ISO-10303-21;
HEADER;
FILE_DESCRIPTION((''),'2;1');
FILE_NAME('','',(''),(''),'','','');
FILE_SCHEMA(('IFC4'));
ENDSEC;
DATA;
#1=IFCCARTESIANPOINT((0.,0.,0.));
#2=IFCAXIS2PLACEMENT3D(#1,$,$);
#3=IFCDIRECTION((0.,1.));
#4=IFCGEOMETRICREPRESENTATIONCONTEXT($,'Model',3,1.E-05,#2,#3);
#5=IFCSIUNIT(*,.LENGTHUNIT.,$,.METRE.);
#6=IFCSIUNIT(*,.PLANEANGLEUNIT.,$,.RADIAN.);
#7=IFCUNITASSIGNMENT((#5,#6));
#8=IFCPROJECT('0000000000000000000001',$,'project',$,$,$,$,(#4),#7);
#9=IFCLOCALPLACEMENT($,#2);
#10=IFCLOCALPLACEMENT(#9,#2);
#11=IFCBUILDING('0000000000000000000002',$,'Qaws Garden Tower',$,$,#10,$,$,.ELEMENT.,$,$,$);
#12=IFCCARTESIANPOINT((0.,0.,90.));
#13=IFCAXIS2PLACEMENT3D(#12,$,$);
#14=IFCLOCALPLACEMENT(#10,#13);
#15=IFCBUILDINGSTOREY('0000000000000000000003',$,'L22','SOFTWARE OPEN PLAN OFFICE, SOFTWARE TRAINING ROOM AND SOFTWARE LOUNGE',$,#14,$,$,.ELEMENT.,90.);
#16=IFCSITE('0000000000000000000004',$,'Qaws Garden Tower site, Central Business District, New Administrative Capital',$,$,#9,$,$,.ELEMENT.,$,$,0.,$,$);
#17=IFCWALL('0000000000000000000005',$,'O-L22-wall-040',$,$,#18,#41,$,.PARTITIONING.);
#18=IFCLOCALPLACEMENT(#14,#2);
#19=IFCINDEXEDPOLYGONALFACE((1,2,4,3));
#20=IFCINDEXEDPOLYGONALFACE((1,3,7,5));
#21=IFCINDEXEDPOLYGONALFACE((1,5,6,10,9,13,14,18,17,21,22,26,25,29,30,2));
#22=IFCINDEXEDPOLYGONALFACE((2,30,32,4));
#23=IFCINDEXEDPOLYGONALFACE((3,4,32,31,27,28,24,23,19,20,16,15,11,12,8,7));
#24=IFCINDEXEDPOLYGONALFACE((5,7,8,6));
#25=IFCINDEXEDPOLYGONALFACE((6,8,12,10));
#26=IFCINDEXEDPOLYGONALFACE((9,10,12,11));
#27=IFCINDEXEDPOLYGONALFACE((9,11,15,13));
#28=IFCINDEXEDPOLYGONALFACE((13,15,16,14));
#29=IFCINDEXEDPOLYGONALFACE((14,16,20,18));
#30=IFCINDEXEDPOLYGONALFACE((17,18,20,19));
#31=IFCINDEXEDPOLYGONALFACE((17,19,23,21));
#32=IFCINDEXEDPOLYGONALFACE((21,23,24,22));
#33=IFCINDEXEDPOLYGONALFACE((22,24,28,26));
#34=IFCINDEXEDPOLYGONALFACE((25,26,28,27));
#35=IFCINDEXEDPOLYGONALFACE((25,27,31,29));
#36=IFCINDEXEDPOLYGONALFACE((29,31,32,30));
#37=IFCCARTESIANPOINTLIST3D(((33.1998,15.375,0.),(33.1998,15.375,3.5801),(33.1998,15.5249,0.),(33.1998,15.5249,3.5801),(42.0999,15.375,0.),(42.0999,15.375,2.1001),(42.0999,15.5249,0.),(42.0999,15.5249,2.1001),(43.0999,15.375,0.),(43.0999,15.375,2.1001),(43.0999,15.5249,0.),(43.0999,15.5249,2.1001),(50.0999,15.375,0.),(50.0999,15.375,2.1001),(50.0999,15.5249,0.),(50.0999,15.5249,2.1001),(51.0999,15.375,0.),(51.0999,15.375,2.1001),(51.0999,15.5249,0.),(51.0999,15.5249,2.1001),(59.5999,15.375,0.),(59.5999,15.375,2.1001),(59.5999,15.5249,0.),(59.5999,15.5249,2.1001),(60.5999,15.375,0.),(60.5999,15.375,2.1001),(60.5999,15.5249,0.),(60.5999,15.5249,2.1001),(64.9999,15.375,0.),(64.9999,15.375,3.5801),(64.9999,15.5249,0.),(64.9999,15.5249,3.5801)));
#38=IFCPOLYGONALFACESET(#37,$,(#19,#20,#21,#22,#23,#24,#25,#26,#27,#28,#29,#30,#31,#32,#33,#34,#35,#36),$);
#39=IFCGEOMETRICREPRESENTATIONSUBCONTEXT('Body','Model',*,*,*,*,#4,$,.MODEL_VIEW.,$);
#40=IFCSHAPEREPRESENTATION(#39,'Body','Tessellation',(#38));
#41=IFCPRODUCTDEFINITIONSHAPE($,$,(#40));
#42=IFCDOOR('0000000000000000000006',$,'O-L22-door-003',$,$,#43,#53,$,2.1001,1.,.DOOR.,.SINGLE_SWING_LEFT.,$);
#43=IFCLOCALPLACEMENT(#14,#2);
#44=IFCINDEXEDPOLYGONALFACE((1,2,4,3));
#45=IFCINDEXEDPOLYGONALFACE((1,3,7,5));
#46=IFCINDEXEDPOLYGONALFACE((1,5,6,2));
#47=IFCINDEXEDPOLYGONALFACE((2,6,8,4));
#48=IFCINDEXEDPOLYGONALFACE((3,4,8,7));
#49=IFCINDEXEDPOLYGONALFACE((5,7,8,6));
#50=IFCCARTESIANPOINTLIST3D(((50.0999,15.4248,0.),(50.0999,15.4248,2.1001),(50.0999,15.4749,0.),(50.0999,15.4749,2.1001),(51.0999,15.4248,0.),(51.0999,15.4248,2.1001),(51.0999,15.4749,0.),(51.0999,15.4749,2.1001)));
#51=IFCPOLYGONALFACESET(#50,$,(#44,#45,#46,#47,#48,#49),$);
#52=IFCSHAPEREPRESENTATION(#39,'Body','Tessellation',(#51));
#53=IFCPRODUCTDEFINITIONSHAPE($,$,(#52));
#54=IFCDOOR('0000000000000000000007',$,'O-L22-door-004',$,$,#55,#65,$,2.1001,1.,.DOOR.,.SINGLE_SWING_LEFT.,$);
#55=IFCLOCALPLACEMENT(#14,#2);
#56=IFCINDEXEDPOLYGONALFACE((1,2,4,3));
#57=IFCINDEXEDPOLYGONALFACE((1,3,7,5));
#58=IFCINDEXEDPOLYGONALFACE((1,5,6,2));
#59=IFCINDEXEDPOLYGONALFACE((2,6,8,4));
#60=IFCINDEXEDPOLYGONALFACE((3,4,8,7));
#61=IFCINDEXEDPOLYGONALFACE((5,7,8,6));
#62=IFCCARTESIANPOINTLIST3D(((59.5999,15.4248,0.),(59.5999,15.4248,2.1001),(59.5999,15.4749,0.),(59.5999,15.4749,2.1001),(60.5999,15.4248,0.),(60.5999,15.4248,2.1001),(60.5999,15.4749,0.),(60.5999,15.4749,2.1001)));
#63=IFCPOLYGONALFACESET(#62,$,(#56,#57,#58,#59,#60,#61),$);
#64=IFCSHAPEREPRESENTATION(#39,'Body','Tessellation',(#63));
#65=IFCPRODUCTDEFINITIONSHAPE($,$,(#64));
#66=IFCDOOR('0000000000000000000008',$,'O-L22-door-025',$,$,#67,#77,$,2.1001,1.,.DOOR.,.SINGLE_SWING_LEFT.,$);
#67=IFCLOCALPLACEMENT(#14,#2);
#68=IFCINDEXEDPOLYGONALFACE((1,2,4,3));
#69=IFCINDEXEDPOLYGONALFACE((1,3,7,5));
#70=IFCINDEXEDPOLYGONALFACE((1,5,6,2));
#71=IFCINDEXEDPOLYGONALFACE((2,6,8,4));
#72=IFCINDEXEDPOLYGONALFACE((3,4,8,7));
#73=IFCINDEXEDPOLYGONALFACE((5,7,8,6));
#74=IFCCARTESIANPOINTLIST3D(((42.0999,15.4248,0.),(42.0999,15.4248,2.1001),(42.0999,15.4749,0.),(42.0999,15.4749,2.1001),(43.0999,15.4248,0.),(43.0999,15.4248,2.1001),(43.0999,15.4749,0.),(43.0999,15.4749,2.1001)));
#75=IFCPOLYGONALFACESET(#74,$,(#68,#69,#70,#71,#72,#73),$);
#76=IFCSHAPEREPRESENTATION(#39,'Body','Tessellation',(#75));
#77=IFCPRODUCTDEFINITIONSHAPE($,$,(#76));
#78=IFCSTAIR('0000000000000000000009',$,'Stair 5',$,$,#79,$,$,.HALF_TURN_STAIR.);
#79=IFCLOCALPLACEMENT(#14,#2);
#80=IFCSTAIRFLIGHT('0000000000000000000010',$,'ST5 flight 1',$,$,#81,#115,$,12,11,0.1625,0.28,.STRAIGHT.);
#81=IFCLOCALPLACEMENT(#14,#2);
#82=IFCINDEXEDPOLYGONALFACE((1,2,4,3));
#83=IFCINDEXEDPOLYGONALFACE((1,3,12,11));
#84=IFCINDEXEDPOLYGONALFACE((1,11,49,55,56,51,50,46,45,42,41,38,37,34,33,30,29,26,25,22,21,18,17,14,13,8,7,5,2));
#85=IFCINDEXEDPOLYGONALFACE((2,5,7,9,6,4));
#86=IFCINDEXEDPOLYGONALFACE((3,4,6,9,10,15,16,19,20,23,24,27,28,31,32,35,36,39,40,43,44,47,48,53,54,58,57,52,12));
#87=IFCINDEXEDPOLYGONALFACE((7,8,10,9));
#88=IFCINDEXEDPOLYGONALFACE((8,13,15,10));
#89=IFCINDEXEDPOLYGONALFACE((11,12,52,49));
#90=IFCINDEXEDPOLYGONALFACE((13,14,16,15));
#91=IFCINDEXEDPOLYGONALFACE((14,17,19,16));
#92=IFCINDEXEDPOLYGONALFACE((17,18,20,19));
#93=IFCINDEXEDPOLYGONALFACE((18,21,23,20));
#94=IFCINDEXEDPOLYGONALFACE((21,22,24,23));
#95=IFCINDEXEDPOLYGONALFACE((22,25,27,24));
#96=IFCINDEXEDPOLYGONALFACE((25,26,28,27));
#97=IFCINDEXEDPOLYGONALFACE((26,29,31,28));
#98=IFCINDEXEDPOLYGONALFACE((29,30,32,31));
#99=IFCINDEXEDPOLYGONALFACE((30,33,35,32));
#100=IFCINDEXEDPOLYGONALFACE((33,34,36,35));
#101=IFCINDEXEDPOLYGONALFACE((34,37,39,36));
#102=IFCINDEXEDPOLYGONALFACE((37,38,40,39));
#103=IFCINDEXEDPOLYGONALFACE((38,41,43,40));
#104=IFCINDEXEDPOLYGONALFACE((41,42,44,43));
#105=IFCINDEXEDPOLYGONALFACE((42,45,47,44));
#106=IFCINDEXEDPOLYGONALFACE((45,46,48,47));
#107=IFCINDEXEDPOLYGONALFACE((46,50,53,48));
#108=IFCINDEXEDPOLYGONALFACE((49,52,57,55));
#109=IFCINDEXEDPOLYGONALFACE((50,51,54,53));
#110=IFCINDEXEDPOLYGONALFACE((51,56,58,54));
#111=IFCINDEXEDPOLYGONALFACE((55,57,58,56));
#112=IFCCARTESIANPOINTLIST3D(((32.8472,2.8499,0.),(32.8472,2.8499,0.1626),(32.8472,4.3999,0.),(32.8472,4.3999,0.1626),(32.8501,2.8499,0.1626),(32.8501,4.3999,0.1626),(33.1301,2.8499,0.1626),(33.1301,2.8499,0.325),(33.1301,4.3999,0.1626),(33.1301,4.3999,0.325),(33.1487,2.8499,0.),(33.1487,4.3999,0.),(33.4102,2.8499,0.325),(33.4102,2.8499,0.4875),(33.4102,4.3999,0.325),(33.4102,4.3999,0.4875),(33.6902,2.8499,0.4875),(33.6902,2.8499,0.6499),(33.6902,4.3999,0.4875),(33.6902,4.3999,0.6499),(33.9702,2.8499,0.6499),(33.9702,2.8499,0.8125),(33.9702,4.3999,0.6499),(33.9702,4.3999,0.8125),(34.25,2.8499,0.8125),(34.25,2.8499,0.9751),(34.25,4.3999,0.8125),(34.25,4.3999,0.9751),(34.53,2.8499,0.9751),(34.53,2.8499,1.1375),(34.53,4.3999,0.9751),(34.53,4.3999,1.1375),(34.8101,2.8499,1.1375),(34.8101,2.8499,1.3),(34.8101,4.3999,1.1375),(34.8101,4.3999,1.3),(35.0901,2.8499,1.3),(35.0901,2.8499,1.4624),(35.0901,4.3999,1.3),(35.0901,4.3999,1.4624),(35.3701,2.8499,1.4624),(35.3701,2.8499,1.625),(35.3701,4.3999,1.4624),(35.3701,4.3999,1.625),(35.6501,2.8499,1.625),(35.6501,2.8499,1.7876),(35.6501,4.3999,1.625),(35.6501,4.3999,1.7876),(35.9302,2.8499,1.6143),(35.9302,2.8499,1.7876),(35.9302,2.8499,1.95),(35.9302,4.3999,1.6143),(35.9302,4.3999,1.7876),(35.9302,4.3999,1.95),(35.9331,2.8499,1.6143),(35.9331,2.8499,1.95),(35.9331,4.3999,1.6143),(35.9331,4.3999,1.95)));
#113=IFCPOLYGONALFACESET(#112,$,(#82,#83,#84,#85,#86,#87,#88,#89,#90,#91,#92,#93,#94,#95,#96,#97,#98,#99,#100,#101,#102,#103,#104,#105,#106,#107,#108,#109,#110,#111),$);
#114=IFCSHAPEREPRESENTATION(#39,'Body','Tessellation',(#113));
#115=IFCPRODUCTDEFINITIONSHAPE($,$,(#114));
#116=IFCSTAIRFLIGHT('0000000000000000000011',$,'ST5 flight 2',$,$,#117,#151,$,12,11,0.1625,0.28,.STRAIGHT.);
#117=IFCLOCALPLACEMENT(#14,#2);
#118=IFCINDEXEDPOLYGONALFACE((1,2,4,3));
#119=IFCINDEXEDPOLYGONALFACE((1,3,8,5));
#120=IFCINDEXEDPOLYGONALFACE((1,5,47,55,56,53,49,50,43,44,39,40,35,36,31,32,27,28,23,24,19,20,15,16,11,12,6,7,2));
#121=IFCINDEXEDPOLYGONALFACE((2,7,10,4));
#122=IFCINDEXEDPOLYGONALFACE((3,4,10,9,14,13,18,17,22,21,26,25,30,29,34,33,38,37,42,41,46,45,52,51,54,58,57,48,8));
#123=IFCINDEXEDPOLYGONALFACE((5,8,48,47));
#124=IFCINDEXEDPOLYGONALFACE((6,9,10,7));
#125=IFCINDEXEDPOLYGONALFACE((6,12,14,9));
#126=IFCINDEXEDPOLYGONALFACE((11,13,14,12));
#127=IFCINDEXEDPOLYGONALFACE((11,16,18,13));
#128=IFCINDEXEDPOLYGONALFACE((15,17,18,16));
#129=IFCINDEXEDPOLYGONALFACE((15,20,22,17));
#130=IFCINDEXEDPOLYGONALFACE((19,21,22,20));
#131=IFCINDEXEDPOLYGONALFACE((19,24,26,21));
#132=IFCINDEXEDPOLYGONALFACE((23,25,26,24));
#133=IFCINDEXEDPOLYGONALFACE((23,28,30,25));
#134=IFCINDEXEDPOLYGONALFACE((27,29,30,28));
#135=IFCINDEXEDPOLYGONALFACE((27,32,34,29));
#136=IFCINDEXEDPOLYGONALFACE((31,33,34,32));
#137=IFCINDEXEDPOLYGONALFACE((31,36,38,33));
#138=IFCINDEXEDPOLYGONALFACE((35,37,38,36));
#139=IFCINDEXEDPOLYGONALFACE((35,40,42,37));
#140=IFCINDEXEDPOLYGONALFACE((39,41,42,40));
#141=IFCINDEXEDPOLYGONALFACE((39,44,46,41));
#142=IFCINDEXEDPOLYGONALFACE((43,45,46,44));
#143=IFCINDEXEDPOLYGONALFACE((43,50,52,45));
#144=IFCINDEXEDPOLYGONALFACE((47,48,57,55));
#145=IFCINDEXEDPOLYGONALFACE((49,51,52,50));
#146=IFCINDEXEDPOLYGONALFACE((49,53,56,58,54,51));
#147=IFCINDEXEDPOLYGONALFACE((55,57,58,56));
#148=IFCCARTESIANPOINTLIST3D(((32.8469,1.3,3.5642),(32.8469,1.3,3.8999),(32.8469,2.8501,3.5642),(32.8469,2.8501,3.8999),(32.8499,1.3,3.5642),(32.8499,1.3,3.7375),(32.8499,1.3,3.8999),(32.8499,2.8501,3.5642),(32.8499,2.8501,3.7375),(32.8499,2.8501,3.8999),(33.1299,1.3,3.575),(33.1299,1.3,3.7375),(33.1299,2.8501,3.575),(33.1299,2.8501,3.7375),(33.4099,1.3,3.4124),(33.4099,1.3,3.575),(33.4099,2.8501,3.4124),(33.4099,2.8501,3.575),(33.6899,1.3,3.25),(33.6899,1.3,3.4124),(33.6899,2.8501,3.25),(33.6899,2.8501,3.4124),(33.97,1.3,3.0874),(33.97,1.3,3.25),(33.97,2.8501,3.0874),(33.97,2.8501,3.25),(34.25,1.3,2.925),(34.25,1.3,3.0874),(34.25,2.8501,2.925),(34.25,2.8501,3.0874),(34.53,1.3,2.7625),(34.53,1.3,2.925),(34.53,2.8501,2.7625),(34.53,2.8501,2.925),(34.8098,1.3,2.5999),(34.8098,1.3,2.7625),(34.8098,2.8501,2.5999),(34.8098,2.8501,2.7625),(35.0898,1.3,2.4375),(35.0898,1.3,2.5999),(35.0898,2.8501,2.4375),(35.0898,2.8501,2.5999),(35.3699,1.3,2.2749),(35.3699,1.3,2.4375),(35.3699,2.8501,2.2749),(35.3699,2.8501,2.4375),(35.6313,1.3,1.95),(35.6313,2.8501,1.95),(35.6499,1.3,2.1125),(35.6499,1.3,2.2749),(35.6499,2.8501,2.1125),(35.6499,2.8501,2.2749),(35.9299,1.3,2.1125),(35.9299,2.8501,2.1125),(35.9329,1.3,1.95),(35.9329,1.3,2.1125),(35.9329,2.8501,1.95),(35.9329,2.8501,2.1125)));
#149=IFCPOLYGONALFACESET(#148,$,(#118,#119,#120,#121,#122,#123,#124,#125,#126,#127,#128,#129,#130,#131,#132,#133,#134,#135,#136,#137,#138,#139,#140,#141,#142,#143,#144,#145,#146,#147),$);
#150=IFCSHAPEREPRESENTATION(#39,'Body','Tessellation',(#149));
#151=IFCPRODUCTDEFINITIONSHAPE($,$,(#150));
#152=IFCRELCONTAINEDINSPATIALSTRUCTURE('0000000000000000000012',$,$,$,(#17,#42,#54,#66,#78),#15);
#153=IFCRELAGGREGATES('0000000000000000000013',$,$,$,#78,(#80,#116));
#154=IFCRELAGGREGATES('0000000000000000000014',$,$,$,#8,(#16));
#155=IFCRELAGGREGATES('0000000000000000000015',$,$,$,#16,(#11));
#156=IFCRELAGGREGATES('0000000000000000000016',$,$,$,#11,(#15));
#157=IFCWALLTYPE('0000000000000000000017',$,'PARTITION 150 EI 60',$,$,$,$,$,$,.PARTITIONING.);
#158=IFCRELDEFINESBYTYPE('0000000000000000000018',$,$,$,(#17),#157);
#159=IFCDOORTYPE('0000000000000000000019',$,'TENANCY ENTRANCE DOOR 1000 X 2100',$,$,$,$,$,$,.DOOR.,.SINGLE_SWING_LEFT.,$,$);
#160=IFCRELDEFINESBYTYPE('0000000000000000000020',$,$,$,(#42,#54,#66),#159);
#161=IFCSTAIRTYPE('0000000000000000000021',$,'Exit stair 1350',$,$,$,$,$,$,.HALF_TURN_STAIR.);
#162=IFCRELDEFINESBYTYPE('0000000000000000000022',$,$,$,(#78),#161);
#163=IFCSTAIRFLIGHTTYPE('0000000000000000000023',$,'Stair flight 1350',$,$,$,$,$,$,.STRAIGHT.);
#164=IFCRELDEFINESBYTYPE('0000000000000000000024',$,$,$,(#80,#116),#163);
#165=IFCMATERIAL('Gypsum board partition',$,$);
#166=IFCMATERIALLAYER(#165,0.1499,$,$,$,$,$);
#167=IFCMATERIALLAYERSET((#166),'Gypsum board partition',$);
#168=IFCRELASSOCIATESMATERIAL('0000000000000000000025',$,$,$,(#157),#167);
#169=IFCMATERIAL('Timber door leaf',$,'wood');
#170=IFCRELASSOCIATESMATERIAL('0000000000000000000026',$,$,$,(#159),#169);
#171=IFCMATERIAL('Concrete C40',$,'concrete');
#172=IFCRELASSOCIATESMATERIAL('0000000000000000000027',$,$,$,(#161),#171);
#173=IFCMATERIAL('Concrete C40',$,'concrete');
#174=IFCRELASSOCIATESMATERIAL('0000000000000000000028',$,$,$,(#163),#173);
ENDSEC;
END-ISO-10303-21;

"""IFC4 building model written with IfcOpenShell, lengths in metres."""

from ifc_helpers import new_model, si_unit, direction, frame, frame_2d, origin, place, context, subcontext, project, spatial, polyline, rectangle, outline, extrude, material, layer, layer_set, type_object, element, fill, aggregate, save


model = new_model("IFC4")

# Units and contexts
model_context = context("Model", 3, precision=1e-05, world=origin(), true_north=direction((0.0, 1.0)))
body_context = subcontext(model_context, "Body", "Model", "MODEL_VIEW")
ifc_project = project(units=[si_unit("LENGTHUNIT", "METRE"), si_unit("PLANEANGLEUNIT", "RADIAN")], contexts=[model_context])

# Site, building, storey
site_placement = place(None, origin())
site = spatial("IfcSite", under=ifc_project, at=site_placement, Name="Qaws Garden Tower site, Central Business District, New Administrative Capital", CompositionType="ELEMENT", RefElevation=0.0)
building_placement = place(site_placement, origin())
building = spatial("IfcBuilding", under=site, at=building_placement, Name="Qaws Garden Tower", CompositionType="ELEMENT")
storey_placement = place(building_placement, frame((0.0, 0.0, 90.0)))
storey = spatial("IfcBuildingStorey", under=building, at=storey_placement, Name="L22", Description="SOFTWARE OPEN PLAN OFFICE, SOFTWARE TRAINING ROOM AND SOFTWARE LOUNGE", CompositionType="ELEMENT", Elevation=90.0)

# Shared definitions
ifc_material_1 = material(Name="Gypsum board partition")
ifc_layer_1 = layer(ifc_material_1, 0.1499)
ifc_layer_set_1 = layer_set([ifc_layer_1], Name="Gypsum board partition")
wall_type_1 = type_object("IfcWallType", Name="PARTITION 150 EI 60", PredefinedType="PARTITIONING", material=ifc_layer_set_1)

# Shared definitions
ifc_material_2 = material(Name="Timber door leaf", Category="wood")
door_type_1 = type_object("IfcDoorType", Name="TENANCY ENTRANCE DOOR 1000 X 2100", OperationType="SINGLE_SWING_LEFT", PredefinedType="DOOR", material=ifc_material_2)

# Wall, openings, doors
wall_1_placement = place(storey_placement, frame((33.2, 15.45, 0.0), z_axis=(0.0, 0.0, 1.0), x_axis=(1.0, 0.0, 0.0)))
wall_1 = element("IfcWall", 1, at=wall_1_placement, inside=storey, type_object=wall_type_1, Name="O-L22-wall-040", PredefinedType="PARTITIONING", context=body_context, shape_type="SweptSolid", body=[
    extrude(rectangle(XDim=31.8, YDim=0.1499, at=frame_2d((15.8999, 0.0))), origin(), (0.0, 0.0, 1.0), 3.5801),
])
opening_1_placement = place(wall_1_placement, frame((16.8999, 0.0, 0.0)))
opening_1 = element("IfcOpeningElement", 2, at=opening_1_placement, cuts=wall_1, PredefinedType="OPENING", context=body_context, shape_type="SweptSolid", body=[
    extrude(rectangle(XDim=1.0, YDim=2.1001, at=frame_2d((0.5, 1.05))), frame((0.0, 0.085, 0.0), z_axis=(0.0, -1.0, 0.0), x_axis=(1.0, 0.0, 0.0)), (0.0, 0.0, 1.0), 0.1699),
])
opening_2_placement = place(wall_1_placement, frame((26.3999, 0.0, 0.0)))
opening_2 = element("IfcOpeningElement", 3, at=opening_2_placement, cuts=wall_1, PredefinedType="OPENING", context=body_context, shape_type="SweptSolid", body=[
    extrude(rectangle(XDim=1.0, YDim=2.1001, at=frame_2d((0.5, 1.05))), frame((0.0, 0.085, 0.0), z_axis=(0.0, -1.0, 0.0), x_axis=(1.0, 0.0, 0.0)), (0.0, 0.0, 1.0), 0.1699),
])
opening_3_placement = place(wall_1_placement, frame((8.8999, 0.0, 0.0)))
opening_3 = element("IfcOpeningElement", 4, at=opening_3_placement, cuts=wall_1, PredefinedType="OPENING", context=body_context, shape_type="SweptSolid", body=[
    extrude(rectangle(XDim=1.0, YDim=2.1001, at=frame_2d((0.5, 1.05))), frame((0.0, 0.085, 0.0), z_axis=(0.0, -1.0, 0.0), x_axis=(1.0, 0.0, 0.0)), (0.0, 0.0, 1.0), 0.1699),
])
door_1_placement = place(opening_1_placement, origin())
door_1 = element("IfcDoor", 5, at=door_1_placement, inside=storey, type_object=door_type_1, Name="O-L22-door-003", OperationType="SINGLE_SWING_LEFT", OverallHeight=2.1001, OverallWidth=1.0, PredefinedType="DOOR", context=body_context, shape_type="SweptSolid", body=[
    extrude(rectangle(XDim=1.0, YDim=2.1001, at=frame_2d((0.5, 1.05))), frame((0.0, 0.0249, 0.0), z_axis=(0.0, -1.0, 0.0), x_axis=(1.0, 0.0, 0.0)), (0.0, 0.0, 1.0), 0.05),
])
fill(opening_1, door_1)
door_2_placement = place(opening_2_placement, origin())
door_2 = element("IfcDoor", 6, at=door_2_placement, inside=storey, type_object=door_type_1, Name="O-L22-door-004", OperationType="SINGLE_SWING_LEFT", OverallHeight=2.1001, OverallWidth=1.0, PredefinedType="DOOR", context=body_context, shape_type="SweptSolid", body=[
    extrude(rectangle(XDim=1.0, YDim=2.1001, at=frame_2d((0.5, 1.05))), frame((0.0, 0.0249, 0.0), z_axis=(0.0, -1.0, 0.0), x_axis=(1.0, 0.0, 0.0)), (0.0, 0.0, 1.0), 0.05),
])
fill(opening_2, door_2)
door_3_placement = place(opening_3_placement, origin())
door_3 = element("IfcDoor", 7, at=door_3_placement, inside=storey, type_object=door_type_1, Name="O-L22-door-025", OperationType="SINGLE_SWING_LEFT", OverallHeight=2.1001, OverallWidth=1.0, PredefinedType="DOOR", context=body_context, shape_type="SweptSolid", body=[
    extrude(rectangle(XDim=1.0, YDim=2.1001, at=frame_2d((0.5, 1.05))), frame((0.0, 0.0249, 0.0), z_axis=(0.0, -1.0, 0.0), x_axis=(1.0, 0.0, 0.0)), (0.0, 0.0, 1.0), 0.05),
])
fill(opening_3, door_3)

# Stair, stair flights
ifc_material_3 = material(Name="Concrete C40", Category="concrete")
stair_type = type_object("IfcStairType", Name="Exit stair 1350", PredefinedType="HALF_TURN_STAIR", material=ifc_material_3)
stair_placement = place(storey_placement, origin())
stair = element("IfcStair", 8, at=stair_placement, inside=storey, type_object=stair_type, Name="Stair 5", PredefinedType="HALF_TURN_STAIR")
ifc_material_4 = material(Name="Concrete C40", Category="concrete")
stair_flight_type = type_object("IfcStairFlightType", Name="Stair flight 1350", PredefinedType="STRAIGHT", material=ifc_material_4)
stair_flight_1_placement = place(storey_placement, frame((32.8501, 3.625, 0.0), z_axis=(0.0, 0.0, 1.0), x_axis=(1.0, 0.0, 0.0)))
stair_flight_1 = element("IfcStairFlight", 9, at=stair_flight_1_placement, type_object=stair_flight_type, Name="ST5 flight 1", NumberOfRisers=12, NumberOfTreads=11, PredefinedType="STRAIGHT", RiserHeight=0.1625, TreadLength=0.28, context=body_context, shape_type="SweptSolid", body=[
    extrude(outline(polyline([(-0.0029, 0.0), (-0.0029, 0.1626), (0.0, 0.1626), (0.28, 0.1626), (0.28, 0.325), (0.5601, 0.325), (0.5601, 0.4875), (0.8401, 0.4875), (0.8401, 0.6499), (1.1201, 0.6499), (1.1201, 0.8125), (1.3999, 0.8125), (1.3999, 0.9751), (1.6799, 0.9751), (1.6799, 1.1375), (1.96, 1.1375), (1.96, 1.3), (2.24, 1.3), (2.24, 1.4624), (2.52, 1.4624), (2.52, 1.625), (2.8, 1.625), (2.8, 1.7876), (3.0801, 1.7876), (3.0801, 1.95), (3.083, 1.95), (3.083, 1.6143), (3.0801, 1.6143), (0.2986, 0.0), (-0.0029, 0.0)])), frame((0.0, 0.7749, 0.0), z_axis=(0.0, -1.0, 0.0), x_axis=(1.0, 0.0, 0.0)), (0.0, 0.0, 1.0), 1.55),
])
stair_flight_2_placement = place(storey_placement, frame((35.9299, 2.075, 1.95), z_axis=(0.0, 0.0, 1.0), x_axis=(-1.0, 0.0, 0.0)))
stair_flight_2 = element("IfcStairFlight", 10, at=stair_flight_2_placement, type_object=stair_flight_type, Name="ST5 flight 2", NumberOfRisers=12, NumberOfTreads=11, PredefinedType="STRAIGHT", RiserHeight=0.1625, TreadLength=0.28, context=body_context, shape_type="SweptSolid", body=[
    extrude(outline(polyline([(-0.0029, 0.0), (-0.0029, 0.1626), (0.0, 0.1626), (0.28, 0.1626), (0.28, 0.325), (0.5601, 0.325), (0.5601, 0.4875), (0.8401, 0.4875), (0.8401, 0.6499), (1.1201, 0.6499), (1.1201, 0.8125), (1.3999, 0.8125), (1.3999, 0.9751), (1.6799, 0.9751), (1.6799, 1.1375), (1.96, 1.1375), (1.96, 1.3), (2.24, 1.3), (2.24, 1.4624), (2.52, 1.4624), (2.52, 1.625), (2.8, 1.625), (2.8, 1.7876), (3.0801, 1.7876), (3.0801, 1.95), (3.083, 1.95), (3.083, 1.6143), (3.0801, 1.6143), (0.2986, 0.0), (-0.0029, 0.0)])), frame((0.0, 0.7749, 0.0), z_axis=(0.0, -1.0, 0.0), x_axis=(1.0, 0.0, 0.0)), (0.0, 0.0, 1.0), 1.55),
])
aggregate(stair, [stair_flight_1, stair_flight_2])

save(model, "model.ifc")
